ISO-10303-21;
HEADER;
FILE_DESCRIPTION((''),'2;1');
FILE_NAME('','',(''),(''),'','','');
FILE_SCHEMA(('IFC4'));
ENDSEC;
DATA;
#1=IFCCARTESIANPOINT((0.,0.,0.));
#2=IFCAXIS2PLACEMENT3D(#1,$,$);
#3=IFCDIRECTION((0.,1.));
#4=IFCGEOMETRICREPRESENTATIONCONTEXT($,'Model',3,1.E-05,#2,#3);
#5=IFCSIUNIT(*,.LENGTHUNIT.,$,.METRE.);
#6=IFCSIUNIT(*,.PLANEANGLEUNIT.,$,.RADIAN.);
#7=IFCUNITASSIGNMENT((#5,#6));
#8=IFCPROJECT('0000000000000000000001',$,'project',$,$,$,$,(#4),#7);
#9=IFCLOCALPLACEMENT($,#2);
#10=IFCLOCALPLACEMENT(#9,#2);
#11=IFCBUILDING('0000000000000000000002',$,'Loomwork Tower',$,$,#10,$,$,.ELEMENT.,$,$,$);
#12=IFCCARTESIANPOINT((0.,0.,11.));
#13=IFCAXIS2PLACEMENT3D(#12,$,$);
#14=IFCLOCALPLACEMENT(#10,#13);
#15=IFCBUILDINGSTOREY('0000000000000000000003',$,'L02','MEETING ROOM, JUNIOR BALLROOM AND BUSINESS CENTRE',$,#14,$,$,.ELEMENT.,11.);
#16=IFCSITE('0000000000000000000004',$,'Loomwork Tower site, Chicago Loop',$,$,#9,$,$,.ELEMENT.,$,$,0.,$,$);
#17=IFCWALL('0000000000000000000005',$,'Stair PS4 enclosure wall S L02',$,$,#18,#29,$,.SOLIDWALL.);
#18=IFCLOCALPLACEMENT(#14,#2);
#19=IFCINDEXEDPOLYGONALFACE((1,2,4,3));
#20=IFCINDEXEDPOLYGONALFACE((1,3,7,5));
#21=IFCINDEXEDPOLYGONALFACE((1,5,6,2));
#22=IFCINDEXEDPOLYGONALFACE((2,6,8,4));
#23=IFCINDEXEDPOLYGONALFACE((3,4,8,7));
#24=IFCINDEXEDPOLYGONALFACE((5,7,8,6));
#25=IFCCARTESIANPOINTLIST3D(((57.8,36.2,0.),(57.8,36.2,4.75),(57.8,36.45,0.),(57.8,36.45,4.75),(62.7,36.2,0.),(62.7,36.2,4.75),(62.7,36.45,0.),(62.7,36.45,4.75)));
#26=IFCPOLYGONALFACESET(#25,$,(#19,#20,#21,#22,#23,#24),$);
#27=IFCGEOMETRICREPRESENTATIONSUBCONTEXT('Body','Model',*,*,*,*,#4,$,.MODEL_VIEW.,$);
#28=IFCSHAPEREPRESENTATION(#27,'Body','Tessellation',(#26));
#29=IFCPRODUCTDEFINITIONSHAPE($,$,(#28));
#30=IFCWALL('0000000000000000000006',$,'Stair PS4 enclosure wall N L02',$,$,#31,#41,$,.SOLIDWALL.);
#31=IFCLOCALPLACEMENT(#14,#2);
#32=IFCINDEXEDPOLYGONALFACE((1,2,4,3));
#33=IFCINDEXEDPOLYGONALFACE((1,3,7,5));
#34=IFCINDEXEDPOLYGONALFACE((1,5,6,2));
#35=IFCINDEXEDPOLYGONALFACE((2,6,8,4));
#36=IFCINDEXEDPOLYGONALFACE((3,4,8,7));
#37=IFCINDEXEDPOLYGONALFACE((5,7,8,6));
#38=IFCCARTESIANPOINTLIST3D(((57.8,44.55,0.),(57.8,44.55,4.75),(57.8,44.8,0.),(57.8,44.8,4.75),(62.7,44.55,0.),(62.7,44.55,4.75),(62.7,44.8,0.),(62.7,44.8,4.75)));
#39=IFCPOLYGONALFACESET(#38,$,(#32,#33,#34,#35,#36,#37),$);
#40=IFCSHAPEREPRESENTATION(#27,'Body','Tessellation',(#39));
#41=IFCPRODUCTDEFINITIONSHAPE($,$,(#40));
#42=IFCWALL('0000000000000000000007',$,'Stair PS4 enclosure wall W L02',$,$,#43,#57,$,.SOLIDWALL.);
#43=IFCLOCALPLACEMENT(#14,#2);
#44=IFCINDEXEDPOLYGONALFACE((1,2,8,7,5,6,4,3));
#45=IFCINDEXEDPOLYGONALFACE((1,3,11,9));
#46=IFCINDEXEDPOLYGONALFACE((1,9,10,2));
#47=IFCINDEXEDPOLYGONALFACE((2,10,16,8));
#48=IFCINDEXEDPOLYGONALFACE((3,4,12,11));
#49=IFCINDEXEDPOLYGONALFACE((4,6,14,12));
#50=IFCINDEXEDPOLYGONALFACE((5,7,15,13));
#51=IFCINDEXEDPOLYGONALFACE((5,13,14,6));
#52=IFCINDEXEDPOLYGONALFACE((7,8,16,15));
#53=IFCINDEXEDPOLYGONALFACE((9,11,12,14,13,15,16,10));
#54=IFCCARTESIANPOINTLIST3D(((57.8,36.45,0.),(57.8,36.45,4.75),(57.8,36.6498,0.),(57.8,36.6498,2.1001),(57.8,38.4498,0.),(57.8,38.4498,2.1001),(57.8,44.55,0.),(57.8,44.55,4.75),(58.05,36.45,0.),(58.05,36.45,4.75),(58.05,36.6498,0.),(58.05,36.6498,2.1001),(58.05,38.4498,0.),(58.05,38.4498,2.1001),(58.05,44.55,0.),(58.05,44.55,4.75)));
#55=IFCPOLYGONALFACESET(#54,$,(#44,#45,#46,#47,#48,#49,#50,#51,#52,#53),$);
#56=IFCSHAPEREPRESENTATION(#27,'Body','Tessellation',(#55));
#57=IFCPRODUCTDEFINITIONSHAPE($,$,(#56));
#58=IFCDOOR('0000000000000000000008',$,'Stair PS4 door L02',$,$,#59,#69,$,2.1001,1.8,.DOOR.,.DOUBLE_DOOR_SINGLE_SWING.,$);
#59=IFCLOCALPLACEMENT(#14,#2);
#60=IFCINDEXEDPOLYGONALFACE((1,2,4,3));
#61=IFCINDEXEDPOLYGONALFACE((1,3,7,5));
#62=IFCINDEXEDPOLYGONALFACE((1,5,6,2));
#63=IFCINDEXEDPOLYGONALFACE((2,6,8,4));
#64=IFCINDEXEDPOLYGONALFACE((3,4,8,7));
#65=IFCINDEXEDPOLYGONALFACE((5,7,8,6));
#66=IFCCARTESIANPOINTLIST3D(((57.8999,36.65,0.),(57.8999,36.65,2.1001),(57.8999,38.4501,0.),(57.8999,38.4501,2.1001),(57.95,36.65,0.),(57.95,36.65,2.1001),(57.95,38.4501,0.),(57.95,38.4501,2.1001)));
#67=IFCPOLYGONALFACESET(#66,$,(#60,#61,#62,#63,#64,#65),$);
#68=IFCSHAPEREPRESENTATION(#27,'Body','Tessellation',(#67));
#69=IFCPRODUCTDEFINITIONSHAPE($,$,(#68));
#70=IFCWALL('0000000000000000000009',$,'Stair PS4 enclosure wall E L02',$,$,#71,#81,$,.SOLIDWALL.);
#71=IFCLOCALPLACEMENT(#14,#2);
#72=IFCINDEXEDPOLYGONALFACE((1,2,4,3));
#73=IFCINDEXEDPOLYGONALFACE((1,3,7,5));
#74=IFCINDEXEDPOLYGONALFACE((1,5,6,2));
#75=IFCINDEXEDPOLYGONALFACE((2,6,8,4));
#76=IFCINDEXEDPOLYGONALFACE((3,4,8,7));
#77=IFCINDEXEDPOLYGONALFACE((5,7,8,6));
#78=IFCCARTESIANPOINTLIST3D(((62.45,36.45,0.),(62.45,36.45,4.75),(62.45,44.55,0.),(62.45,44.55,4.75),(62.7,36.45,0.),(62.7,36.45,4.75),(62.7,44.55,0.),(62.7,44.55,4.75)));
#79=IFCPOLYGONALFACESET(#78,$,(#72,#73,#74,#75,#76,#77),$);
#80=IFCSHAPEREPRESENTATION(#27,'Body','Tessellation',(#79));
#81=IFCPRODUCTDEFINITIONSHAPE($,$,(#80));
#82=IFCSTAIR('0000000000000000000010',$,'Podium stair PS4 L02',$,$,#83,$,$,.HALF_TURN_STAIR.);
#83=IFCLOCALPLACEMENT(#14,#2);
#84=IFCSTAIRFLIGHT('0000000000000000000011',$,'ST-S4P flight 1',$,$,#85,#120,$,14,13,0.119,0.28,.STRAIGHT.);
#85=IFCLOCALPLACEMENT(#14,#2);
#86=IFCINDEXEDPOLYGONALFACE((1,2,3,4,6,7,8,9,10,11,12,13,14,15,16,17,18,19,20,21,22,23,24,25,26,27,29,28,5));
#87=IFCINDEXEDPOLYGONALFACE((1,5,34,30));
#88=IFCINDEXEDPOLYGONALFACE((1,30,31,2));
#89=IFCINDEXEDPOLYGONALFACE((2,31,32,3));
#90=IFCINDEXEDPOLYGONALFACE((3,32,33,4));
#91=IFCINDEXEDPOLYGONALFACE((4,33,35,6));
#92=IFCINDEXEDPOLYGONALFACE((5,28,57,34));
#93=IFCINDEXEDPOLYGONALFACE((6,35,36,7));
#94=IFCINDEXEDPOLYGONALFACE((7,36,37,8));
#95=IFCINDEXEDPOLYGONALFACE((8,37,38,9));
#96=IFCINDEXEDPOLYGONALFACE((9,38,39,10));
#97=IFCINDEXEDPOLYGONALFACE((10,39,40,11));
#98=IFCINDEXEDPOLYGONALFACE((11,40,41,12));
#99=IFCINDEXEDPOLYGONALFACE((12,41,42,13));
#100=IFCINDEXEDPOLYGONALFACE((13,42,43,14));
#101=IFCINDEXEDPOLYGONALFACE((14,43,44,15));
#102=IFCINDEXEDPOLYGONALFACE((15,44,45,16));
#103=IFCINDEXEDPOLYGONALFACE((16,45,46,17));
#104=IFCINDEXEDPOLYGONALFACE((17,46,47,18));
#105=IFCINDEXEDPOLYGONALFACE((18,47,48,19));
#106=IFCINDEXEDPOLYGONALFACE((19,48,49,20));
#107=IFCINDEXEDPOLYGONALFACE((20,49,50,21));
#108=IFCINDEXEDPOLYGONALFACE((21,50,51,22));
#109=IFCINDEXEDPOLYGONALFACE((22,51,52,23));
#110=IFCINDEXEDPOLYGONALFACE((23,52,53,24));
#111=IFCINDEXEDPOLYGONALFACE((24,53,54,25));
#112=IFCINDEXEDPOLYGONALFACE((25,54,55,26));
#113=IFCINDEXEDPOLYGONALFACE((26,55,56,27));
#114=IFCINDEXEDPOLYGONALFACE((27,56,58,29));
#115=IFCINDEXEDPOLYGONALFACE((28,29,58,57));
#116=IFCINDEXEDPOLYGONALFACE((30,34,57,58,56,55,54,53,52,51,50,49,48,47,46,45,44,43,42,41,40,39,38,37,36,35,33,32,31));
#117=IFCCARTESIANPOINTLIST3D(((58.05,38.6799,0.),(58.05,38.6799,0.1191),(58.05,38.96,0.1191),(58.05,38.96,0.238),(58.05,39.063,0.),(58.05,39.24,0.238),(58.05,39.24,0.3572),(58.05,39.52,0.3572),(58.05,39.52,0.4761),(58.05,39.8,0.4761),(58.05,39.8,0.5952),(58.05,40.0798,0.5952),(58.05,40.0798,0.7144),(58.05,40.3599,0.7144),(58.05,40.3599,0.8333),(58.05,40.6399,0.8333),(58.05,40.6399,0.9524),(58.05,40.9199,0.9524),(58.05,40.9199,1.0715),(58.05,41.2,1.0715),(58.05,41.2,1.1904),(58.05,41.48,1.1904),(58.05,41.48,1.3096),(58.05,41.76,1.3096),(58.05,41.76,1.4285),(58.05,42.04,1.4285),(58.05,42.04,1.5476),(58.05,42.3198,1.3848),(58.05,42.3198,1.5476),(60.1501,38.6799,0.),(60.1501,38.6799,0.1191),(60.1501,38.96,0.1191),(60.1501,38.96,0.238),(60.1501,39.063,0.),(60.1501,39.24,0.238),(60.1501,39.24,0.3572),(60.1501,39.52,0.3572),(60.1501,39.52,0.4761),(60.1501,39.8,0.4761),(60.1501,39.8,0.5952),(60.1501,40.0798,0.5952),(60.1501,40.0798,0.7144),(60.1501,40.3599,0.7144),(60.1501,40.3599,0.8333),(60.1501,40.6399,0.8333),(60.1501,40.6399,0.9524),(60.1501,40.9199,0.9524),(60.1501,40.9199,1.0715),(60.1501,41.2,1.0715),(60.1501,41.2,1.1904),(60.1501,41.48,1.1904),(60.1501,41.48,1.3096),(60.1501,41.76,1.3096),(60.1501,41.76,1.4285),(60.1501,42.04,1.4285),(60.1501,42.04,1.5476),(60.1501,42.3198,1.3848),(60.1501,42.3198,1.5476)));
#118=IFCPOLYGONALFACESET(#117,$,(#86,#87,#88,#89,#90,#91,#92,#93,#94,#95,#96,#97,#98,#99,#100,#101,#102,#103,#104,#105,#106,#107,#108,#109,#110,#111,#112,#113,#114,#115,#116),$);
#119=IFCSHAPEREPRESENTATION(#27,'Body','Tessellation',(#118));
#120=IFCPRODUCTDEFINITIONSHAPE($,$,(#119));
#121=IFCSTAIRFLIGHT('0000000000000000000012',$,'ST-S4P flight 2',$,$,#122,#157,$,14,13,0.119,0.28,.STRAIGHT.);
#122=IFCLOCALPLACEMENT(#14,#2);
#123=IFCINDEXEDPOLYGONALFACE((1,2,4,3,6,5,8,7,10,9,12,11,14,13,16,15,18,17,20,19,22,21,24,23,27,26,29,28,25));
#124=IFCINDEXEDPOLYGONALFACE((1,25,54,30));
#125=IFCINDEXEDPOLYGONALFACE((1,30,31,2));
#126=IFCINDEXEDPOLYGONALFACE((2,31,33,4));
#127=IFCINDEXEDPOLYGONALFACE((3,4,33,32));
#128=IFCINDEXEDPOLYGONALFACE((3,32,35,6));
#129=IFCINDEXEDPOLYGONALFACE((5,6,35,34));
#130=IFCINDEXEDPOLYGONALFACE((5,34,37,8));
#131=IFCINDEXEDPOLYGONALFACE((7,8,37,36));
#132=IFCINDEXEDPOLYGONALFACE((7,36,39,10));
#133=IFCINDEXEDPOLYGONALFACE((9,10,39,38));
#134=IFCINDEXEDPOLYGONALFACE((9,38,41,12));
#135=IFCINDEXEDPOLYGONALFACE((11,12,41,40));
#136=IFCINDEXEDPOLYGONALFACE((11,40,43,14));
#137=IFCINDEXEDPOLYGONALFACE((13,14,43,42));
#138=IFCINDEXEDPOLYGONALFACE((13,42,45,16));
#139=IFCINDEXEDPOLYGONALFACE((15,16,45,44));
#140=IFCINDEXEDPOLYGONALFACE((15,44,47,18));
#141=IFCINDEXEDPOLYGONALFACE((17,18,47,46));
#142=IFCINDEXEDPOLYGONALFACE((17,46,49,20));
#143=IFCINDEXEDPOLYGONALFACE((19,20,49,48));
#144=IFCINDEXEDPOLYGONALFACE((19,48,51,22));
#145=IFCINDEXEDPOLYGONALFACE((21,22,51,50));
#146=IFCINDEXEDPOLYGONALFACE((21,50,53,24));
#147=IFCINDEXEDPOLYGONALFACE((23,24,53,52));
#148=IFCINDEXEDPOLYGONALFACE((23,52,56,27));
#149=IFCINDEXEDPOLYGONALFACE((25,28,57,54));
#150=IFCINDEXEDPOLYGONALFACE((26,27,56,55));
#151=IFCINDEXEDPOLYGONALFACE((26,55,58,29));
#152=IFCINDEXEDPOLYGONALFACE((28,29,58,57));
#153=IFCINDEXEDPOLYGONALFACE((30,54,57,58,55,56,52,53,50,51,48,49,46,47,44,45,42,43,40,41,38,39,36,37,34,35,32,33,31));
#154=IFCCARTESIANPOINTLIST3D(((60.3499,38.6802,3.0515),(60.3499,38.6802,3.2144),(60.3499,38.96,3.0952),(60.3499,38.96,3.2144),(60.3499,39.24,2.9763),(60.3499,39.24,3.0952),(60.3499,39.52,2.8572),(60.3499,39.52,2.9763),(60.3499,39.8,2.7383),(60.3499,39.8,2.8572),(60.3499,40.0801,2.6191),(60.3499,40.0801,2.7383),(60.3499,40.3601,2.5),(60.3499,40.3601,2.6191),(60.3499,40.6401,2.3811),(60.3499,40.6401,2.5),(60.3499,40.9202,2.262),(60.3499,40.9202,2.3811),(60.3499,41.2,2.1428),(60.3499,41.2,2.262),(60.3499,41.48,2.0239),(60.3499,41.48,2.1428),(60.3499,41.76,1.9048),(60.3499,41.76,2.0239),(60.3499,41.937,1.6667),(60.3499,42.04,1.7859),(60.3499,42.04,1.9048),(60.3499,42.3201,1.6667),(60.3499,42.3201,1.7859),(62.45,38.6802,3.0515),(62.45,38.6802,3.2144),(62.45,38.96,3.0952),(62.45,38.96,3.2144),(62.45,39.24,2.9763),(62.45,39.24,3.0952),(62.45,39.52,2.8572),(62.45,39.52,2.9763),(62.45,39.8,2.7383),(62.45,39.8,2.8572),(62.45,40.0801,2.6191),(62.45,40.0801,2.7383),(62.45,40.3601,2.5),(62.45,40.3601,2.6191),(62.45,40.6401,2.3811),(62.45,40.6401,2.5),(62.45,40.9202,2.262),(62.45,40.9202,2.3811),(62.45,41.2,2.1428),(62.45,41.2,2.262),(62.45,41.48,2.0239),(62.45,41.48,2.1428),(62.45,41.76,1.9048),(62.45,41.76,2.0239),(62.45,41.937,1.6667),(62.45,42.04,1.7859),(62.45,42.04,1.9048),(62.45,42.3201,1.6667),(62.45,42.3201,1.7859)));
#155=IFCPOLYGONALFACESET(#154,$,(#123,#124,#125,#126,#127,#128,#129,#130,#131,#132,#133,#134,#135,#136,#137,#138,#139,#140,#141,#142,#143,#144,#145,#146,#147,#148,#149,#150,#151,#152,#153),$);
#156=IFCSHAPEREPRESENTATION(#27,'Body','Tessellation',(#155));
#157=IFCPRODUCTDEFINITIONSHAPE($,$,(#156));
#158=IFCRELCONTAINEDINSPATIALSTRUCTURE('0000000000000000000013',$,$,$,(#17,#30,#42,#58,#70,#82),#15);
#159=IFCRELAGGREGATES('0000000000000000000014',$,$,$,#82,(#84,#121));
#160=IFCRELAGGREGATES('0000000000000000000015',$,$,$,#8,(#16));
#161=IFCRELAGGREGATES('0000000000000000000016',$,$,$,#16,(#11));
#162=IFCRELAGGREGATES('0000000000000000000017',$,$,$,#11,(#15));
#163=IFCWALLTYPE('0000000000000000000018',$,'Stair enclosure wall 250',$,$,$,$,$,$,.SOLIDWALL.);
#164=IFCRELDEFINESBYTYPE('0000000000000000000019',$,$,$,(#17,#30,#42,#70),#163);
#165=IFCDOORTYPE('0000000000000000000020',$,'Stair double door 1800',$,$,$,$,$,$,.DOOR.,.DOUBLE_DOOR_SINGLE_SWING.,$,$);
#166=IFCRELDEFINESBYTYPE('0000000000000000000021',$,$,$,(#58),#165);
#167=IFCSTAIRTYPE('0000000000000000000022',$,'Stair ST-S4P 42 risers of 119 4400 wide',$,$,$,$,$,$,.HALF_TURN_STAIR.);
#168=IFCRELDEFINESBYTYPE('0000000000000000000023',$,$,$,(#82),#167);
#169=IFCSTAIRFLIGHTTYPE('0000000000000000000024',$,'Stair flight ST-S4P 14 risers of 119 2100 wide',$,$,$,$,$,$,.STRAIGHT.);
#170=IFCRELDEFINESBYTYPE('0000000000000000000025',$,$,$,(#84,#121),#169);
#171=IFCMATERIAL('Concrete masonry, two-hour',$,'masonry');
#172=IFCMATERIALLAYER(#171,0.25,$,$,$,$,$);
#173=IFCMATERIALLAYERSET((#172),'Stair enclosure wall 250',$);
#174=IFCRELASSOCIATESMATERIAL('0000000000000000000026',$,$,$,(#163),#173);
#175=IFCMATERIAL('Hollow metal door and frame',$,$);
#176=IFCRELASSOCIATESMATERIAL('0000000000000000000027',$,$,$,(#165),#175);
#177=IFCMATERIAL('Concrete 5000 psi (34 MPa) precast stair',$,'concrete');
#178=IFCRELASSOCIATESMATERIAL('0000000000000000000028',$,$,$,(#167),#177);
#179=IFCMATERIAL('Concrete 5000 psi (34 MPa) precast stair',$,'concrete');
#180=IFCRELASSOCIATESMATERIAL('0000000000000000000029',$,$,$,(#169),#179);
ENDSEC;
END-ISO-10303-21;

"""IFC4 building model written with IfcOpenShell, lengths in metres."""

from ifc_helpers import new_model, si_unit, direction, frame, frame_2d, origin, place, context, subcontext, project, spatial, polyline, rectangle, outline, extrude, material, layer, layer_set, type_object, element, fill, aggregate, save


model = new_model("IFC4")

# Units and contexts
model_context = context("Model", 3, precision=1e-05, world=origin(), true_north=direction((0.0, 1.0)))
body_context = subcontext(model_context, "Body", "Model", "MODEL_VIEW")
ifc_project = project(units=[si_unit("LENGTHUNIT", "METRE"), si_unit("PLANEANGLEUNIT", "RADIAN")], contexts=[model_context])

# Site, building, storey
site_placement = place(None, origin())
site = spatial("IfcSite", under=ifc_project, at=site_placement, Name="Loomwork Tower site, Chicago Loop", CompositionType="ELEMENT", RefElevation=0.0)
building_placement = place(site_placement, origin())
building = spatial("IfcBuilding", under=site, at=building_placement, Name="Loomwork Tower", CompositionType="ELEMENT")
storey_placement = place(building_placement, frame((0.0, 0.0, 11.0)))
storey = spatial("IfcBuildingStorey", under=building, at=storey_placement, Name="L02", Description="MEETING ROOM, JUNIOR BALLROOM AND BUSINESS CENTRE", CompositionType="ELEMENT", Elevation=11.0)

# Walls
ifc_material_1 = material(Name="Concrete masonry, two-hour", Category="masonry")
ifc_layer_1 = layer(ifc_material_1, 0.25)
ifc_layer_set_1 = layer_set([ifc_layer_1], Name="Stair enclosure wall 250")
wall_type_1 = type_object("IfcWallType", Name="Stair enclosure wall 250", PredefinedType="SOLIDWALL", material=ifc_layer_set_1)
for number, where, z_axis, x_axis, name in (
    (1, (57.8, 36.325, 0.0), (0.0, 0.0, 1.0), (1.0, 0.0, 0.0), "Stair PS4 enclosure wall S L02"),
    (2, (57.8, 44.675, 0.0), (0.0, 0.0, 1.0), (1.0, 0.0, 0.0), "Stair PS4 enclosure wall N L02"),
):
    element("IfcWall", number, at=place(storey_placement, frame(where, z_axis=z_axis, x_axis=x_axis)), inside=storey, type_object=wall_type_1, Name=name, PredefinedType="SOLIDWALL", context=body_context, shape_type="SweptSolid", body=[
        extrude(rectangle(XDim=4.8999, YDim=0.25, at=frame_2d((2.45, 0.0))), origin(), (0.0, 0.0, 1.0), 4.75),
    ])

# Wall, opening, door
wall_1_placement = place(storey_placement, frame((57.925, 36.45, 0.0), z_axis=(0.0, 0.0, 1.0), x_axis=(0.0, 1.0, 0.0)))
wall_1 = element("IfcWall", 3, at=wall_1_placement, inside=storey, type_object=wall_type_1, Name="Stair PS4 enclosure wall W L02", PredefinedType="SOLIDWALL", context=body_context, shape_type="SweptSolid", body=[
    extrude(rectangle(XDim=8.1001, YDim=0.25, at=frame_2d((4.05, 0.0))), origin(), (0.0, 0.0, 1.0), 4.75),
])
opening_1_placement = place(wall_1_placement, frame((0.2, 0.0, 0.0)))
opening_1 = element("IfcOpeningElement", 4, at=opening_1_placement, cuts=wall_1, PredefinedType="OPENING", context=body_context, shape_type="SweptSolid", body=[
    extrude(rectangle(XDim=1.8, YDim=2.1001, at=frame_2d((0.8999, 1.05))), frame((0.0, 0.135, 0.0), z_axis=(0.0, -1.0, 0.0), x_axis=(1.0, 0.0, 0.0)), (0.0, 0.0, 1.0), 0.27),
])
ifc_material_2 = material(Name="Hollow metal door and frame")
door_type = type_object("IfcDoorType", Name="Stair double door 1800", OperationType="DOUBLE_DOOR_SINGLE_SWING", PredefinedType="DOOR", material=ifc_material_2)
door_placement = place(opening_1_placement, frame((1.8, 0.0, 0.0), z_axis=(0.0, 0.0, 1.0), x_axis=(-1.0, 0.0, 0.0)))
door = element("IfcDoor", 5, at=door_placement, inside=storey, type_object=door_type, Name="Stair PS4 door L02", OperationType="DOUBLE_DOOR_SINGLE_SWING", OverallHeight=2.1001, OverallWidth=1.8, PredefinedType="DOOR", context=body_context, shape_type="SweptSolid", body=[
    extrude(rectangle(XDim=1.8, YDim=2.1001, at=frame_2d((0.8999, 1.05))), frame((0.0, 0.0249, 0.0), z_axis=(0.0, -1.0, 0.0), x_axis=(1.0, 0.0, 0.0)), (0.0, 0.0, 1.0), 0.05),
])
fill(opening_1, door)

# Wall
wall_2_placement = place(storey_placement, frame((62.575, 36.45, 0.0), z_axis=(0.0, 0.0, 1.0), x_axis=(0.0, 1.0, 0.0)))
element("IfcWall", 6, at=wall_2_placement, inside=storey, type_object=wall_type_1, Name="Stair PS4 enclosure wall E L02", PredefinedType="SOLIDWALL", context=body_context, shape_type="SweptSolid", body=[
    extrude(rectangle(XDim=8.1001, YDim=0.25, at=frame_2d((4.05, 0.0))), origin(), (0.0, 0.0, 1.0), 4.75),
])

# Stair, stair flights
ifc_material_3 = material(Name="Concrete 5000 psi (34 MPa) precast stair", Category="concrete")
stair_type = type_object("IfcStairType", Name="Stair ST-S4P 42 risers of 119 4400 wide", PredefinedType="HALF_TURN_STAIR", material=ifc_material_3)
stair_placement = place(storey_placement, origin())
stair = element("IfcStair", 7, at=stair_placement, inside=storey, type_object=stair_type, Name="Podium stair PS4 L02", PredefinedType="HALF_TURN_STAIR")
ifc_material_4 = material(Name="Concrete 5000 psi (34 MPa) precast stair", Category="concrete")
stair_flight_type = type_object("IfcStairFlightType", Name="Stair flight ST-S4P 14 risers of 119 2100 wide", PredefinedType="STRAIGHT", material=ifc_material_4)
stair_flight_1_placement = place(storey_placement, frame((59.1001, 38.6799, 0.0), z_axis=(0.0, 0.0, 1.0), x_axis=(0.0, 1.0, 0.0)))
stair_flight_1 = element("IfcStairFlight", 8, at=stair_flight_1_placement, type_object=stair_flight_type, Name="ST-S4P flight 1", NumberOfRisers=14, NumberOfTreads=13, PredefinedType="STRAIGHT", RiserHeight=0.119, TreadLength=0.28, context=body_context, shape_type="SweptSolid", body=[
    extrude(outline(polyline([(0.0, 0.0), (0.0, 0.1191), (0.28, 0.1191), (0.28, 0.238), (0.5601, 0.238), (0.5601, 0.3572), (0.8401, 0.3572), (0.8401, 0.4761), (1.1201, 0.4761), (1.1201, 0.5952), (1.3999, 0.5952), (1.3999, 0.7144), (1.6799, 0.7144), (1.6799, 0.8333), (1.96, 0.8333), (1.96, 0.9524), (2.24, 0.9524), (2.24, 1.0715), (2.52, 1.0715), (2.52, 1.1904), (2.8, 1.1904), (2.8, 1.3096), (3.0801, 1.3096), (3.0801, 1.4285), (3.3601, 1.4285), (3.3601, 1.5476), (3.6399, 1.5476), (3.6399, 1.6667), (3.6399, 1.3848), (0.3831, 0.0), (0.0, 0.0)])), frame((0.0, 1.05, 0.0), z_axis=(0.0, -1.0, 0.0), x_axis=(1.0, 0.0, 0.0)), (0.0, 0.0, 1.0), 2.1001),
])
stair_flight_2_placement = place(storey_placement, frame((61.3999, 42.3201, 1.6667), z_axis=(0.0, 0.0, 1.0), x_axis=(0.0, -1.0, 0.0)))
stair_flight_2 = element("IfcStairFlight", 9, at=stair_flight_2_placement, type_object=stair_flight_type, Name="ST-S4P flight 2", NumberOfRisers=14, NumberOfTreads=13, PredefinedType="STRAIGHT", RiserHeight=0.119, TreadLength=0.28, context=body_context, shape_type="SweptSolid", body=[
    extrude(outline(polyline([(0.0, 0.0), (0.0, 0.1191), (0.28, 0.1191), (0.28, 0.238), (0.5601, 0.238), (0.5601, 0.3572), (0.8401, 0.3572), (0.8401, 0.4761), (1.1201, 0.4761), (1.1201, 0.5952), (1.3999, 0.5952), (1.3999, 0.7144), (1.6799, 0.7144), (1.6799, 0.8333), (1.96, 0.8333), (1.96, 0.9524), (2.24, 0.9524), (2.24, 1.0715), (2.52, 1.0715), (2.52, 1.1904), (2.8, 1.1904), (2.8, 1.3096), (3.0801, 1.3096), (3.0801, 1.4285), (3.3601, 1.4285), (3.3601, 1.5476), (3.6399, 1.5476), (3.6399, 1.6667), (3.6399, 1.3848), (0.3831, 0.0), (0.0, 0.0)])), frame((0.0, 1.05, 0.0), z_axis=(0.0, -1.0, 0.0), x_axis=(1.0, 0.0, 0.0)), (0.0, 0.0, 1.0), 2.1001),
])
aggregate(stair, [stair_flight_1, stair_flight_2])

save(model, "model.ifc")
